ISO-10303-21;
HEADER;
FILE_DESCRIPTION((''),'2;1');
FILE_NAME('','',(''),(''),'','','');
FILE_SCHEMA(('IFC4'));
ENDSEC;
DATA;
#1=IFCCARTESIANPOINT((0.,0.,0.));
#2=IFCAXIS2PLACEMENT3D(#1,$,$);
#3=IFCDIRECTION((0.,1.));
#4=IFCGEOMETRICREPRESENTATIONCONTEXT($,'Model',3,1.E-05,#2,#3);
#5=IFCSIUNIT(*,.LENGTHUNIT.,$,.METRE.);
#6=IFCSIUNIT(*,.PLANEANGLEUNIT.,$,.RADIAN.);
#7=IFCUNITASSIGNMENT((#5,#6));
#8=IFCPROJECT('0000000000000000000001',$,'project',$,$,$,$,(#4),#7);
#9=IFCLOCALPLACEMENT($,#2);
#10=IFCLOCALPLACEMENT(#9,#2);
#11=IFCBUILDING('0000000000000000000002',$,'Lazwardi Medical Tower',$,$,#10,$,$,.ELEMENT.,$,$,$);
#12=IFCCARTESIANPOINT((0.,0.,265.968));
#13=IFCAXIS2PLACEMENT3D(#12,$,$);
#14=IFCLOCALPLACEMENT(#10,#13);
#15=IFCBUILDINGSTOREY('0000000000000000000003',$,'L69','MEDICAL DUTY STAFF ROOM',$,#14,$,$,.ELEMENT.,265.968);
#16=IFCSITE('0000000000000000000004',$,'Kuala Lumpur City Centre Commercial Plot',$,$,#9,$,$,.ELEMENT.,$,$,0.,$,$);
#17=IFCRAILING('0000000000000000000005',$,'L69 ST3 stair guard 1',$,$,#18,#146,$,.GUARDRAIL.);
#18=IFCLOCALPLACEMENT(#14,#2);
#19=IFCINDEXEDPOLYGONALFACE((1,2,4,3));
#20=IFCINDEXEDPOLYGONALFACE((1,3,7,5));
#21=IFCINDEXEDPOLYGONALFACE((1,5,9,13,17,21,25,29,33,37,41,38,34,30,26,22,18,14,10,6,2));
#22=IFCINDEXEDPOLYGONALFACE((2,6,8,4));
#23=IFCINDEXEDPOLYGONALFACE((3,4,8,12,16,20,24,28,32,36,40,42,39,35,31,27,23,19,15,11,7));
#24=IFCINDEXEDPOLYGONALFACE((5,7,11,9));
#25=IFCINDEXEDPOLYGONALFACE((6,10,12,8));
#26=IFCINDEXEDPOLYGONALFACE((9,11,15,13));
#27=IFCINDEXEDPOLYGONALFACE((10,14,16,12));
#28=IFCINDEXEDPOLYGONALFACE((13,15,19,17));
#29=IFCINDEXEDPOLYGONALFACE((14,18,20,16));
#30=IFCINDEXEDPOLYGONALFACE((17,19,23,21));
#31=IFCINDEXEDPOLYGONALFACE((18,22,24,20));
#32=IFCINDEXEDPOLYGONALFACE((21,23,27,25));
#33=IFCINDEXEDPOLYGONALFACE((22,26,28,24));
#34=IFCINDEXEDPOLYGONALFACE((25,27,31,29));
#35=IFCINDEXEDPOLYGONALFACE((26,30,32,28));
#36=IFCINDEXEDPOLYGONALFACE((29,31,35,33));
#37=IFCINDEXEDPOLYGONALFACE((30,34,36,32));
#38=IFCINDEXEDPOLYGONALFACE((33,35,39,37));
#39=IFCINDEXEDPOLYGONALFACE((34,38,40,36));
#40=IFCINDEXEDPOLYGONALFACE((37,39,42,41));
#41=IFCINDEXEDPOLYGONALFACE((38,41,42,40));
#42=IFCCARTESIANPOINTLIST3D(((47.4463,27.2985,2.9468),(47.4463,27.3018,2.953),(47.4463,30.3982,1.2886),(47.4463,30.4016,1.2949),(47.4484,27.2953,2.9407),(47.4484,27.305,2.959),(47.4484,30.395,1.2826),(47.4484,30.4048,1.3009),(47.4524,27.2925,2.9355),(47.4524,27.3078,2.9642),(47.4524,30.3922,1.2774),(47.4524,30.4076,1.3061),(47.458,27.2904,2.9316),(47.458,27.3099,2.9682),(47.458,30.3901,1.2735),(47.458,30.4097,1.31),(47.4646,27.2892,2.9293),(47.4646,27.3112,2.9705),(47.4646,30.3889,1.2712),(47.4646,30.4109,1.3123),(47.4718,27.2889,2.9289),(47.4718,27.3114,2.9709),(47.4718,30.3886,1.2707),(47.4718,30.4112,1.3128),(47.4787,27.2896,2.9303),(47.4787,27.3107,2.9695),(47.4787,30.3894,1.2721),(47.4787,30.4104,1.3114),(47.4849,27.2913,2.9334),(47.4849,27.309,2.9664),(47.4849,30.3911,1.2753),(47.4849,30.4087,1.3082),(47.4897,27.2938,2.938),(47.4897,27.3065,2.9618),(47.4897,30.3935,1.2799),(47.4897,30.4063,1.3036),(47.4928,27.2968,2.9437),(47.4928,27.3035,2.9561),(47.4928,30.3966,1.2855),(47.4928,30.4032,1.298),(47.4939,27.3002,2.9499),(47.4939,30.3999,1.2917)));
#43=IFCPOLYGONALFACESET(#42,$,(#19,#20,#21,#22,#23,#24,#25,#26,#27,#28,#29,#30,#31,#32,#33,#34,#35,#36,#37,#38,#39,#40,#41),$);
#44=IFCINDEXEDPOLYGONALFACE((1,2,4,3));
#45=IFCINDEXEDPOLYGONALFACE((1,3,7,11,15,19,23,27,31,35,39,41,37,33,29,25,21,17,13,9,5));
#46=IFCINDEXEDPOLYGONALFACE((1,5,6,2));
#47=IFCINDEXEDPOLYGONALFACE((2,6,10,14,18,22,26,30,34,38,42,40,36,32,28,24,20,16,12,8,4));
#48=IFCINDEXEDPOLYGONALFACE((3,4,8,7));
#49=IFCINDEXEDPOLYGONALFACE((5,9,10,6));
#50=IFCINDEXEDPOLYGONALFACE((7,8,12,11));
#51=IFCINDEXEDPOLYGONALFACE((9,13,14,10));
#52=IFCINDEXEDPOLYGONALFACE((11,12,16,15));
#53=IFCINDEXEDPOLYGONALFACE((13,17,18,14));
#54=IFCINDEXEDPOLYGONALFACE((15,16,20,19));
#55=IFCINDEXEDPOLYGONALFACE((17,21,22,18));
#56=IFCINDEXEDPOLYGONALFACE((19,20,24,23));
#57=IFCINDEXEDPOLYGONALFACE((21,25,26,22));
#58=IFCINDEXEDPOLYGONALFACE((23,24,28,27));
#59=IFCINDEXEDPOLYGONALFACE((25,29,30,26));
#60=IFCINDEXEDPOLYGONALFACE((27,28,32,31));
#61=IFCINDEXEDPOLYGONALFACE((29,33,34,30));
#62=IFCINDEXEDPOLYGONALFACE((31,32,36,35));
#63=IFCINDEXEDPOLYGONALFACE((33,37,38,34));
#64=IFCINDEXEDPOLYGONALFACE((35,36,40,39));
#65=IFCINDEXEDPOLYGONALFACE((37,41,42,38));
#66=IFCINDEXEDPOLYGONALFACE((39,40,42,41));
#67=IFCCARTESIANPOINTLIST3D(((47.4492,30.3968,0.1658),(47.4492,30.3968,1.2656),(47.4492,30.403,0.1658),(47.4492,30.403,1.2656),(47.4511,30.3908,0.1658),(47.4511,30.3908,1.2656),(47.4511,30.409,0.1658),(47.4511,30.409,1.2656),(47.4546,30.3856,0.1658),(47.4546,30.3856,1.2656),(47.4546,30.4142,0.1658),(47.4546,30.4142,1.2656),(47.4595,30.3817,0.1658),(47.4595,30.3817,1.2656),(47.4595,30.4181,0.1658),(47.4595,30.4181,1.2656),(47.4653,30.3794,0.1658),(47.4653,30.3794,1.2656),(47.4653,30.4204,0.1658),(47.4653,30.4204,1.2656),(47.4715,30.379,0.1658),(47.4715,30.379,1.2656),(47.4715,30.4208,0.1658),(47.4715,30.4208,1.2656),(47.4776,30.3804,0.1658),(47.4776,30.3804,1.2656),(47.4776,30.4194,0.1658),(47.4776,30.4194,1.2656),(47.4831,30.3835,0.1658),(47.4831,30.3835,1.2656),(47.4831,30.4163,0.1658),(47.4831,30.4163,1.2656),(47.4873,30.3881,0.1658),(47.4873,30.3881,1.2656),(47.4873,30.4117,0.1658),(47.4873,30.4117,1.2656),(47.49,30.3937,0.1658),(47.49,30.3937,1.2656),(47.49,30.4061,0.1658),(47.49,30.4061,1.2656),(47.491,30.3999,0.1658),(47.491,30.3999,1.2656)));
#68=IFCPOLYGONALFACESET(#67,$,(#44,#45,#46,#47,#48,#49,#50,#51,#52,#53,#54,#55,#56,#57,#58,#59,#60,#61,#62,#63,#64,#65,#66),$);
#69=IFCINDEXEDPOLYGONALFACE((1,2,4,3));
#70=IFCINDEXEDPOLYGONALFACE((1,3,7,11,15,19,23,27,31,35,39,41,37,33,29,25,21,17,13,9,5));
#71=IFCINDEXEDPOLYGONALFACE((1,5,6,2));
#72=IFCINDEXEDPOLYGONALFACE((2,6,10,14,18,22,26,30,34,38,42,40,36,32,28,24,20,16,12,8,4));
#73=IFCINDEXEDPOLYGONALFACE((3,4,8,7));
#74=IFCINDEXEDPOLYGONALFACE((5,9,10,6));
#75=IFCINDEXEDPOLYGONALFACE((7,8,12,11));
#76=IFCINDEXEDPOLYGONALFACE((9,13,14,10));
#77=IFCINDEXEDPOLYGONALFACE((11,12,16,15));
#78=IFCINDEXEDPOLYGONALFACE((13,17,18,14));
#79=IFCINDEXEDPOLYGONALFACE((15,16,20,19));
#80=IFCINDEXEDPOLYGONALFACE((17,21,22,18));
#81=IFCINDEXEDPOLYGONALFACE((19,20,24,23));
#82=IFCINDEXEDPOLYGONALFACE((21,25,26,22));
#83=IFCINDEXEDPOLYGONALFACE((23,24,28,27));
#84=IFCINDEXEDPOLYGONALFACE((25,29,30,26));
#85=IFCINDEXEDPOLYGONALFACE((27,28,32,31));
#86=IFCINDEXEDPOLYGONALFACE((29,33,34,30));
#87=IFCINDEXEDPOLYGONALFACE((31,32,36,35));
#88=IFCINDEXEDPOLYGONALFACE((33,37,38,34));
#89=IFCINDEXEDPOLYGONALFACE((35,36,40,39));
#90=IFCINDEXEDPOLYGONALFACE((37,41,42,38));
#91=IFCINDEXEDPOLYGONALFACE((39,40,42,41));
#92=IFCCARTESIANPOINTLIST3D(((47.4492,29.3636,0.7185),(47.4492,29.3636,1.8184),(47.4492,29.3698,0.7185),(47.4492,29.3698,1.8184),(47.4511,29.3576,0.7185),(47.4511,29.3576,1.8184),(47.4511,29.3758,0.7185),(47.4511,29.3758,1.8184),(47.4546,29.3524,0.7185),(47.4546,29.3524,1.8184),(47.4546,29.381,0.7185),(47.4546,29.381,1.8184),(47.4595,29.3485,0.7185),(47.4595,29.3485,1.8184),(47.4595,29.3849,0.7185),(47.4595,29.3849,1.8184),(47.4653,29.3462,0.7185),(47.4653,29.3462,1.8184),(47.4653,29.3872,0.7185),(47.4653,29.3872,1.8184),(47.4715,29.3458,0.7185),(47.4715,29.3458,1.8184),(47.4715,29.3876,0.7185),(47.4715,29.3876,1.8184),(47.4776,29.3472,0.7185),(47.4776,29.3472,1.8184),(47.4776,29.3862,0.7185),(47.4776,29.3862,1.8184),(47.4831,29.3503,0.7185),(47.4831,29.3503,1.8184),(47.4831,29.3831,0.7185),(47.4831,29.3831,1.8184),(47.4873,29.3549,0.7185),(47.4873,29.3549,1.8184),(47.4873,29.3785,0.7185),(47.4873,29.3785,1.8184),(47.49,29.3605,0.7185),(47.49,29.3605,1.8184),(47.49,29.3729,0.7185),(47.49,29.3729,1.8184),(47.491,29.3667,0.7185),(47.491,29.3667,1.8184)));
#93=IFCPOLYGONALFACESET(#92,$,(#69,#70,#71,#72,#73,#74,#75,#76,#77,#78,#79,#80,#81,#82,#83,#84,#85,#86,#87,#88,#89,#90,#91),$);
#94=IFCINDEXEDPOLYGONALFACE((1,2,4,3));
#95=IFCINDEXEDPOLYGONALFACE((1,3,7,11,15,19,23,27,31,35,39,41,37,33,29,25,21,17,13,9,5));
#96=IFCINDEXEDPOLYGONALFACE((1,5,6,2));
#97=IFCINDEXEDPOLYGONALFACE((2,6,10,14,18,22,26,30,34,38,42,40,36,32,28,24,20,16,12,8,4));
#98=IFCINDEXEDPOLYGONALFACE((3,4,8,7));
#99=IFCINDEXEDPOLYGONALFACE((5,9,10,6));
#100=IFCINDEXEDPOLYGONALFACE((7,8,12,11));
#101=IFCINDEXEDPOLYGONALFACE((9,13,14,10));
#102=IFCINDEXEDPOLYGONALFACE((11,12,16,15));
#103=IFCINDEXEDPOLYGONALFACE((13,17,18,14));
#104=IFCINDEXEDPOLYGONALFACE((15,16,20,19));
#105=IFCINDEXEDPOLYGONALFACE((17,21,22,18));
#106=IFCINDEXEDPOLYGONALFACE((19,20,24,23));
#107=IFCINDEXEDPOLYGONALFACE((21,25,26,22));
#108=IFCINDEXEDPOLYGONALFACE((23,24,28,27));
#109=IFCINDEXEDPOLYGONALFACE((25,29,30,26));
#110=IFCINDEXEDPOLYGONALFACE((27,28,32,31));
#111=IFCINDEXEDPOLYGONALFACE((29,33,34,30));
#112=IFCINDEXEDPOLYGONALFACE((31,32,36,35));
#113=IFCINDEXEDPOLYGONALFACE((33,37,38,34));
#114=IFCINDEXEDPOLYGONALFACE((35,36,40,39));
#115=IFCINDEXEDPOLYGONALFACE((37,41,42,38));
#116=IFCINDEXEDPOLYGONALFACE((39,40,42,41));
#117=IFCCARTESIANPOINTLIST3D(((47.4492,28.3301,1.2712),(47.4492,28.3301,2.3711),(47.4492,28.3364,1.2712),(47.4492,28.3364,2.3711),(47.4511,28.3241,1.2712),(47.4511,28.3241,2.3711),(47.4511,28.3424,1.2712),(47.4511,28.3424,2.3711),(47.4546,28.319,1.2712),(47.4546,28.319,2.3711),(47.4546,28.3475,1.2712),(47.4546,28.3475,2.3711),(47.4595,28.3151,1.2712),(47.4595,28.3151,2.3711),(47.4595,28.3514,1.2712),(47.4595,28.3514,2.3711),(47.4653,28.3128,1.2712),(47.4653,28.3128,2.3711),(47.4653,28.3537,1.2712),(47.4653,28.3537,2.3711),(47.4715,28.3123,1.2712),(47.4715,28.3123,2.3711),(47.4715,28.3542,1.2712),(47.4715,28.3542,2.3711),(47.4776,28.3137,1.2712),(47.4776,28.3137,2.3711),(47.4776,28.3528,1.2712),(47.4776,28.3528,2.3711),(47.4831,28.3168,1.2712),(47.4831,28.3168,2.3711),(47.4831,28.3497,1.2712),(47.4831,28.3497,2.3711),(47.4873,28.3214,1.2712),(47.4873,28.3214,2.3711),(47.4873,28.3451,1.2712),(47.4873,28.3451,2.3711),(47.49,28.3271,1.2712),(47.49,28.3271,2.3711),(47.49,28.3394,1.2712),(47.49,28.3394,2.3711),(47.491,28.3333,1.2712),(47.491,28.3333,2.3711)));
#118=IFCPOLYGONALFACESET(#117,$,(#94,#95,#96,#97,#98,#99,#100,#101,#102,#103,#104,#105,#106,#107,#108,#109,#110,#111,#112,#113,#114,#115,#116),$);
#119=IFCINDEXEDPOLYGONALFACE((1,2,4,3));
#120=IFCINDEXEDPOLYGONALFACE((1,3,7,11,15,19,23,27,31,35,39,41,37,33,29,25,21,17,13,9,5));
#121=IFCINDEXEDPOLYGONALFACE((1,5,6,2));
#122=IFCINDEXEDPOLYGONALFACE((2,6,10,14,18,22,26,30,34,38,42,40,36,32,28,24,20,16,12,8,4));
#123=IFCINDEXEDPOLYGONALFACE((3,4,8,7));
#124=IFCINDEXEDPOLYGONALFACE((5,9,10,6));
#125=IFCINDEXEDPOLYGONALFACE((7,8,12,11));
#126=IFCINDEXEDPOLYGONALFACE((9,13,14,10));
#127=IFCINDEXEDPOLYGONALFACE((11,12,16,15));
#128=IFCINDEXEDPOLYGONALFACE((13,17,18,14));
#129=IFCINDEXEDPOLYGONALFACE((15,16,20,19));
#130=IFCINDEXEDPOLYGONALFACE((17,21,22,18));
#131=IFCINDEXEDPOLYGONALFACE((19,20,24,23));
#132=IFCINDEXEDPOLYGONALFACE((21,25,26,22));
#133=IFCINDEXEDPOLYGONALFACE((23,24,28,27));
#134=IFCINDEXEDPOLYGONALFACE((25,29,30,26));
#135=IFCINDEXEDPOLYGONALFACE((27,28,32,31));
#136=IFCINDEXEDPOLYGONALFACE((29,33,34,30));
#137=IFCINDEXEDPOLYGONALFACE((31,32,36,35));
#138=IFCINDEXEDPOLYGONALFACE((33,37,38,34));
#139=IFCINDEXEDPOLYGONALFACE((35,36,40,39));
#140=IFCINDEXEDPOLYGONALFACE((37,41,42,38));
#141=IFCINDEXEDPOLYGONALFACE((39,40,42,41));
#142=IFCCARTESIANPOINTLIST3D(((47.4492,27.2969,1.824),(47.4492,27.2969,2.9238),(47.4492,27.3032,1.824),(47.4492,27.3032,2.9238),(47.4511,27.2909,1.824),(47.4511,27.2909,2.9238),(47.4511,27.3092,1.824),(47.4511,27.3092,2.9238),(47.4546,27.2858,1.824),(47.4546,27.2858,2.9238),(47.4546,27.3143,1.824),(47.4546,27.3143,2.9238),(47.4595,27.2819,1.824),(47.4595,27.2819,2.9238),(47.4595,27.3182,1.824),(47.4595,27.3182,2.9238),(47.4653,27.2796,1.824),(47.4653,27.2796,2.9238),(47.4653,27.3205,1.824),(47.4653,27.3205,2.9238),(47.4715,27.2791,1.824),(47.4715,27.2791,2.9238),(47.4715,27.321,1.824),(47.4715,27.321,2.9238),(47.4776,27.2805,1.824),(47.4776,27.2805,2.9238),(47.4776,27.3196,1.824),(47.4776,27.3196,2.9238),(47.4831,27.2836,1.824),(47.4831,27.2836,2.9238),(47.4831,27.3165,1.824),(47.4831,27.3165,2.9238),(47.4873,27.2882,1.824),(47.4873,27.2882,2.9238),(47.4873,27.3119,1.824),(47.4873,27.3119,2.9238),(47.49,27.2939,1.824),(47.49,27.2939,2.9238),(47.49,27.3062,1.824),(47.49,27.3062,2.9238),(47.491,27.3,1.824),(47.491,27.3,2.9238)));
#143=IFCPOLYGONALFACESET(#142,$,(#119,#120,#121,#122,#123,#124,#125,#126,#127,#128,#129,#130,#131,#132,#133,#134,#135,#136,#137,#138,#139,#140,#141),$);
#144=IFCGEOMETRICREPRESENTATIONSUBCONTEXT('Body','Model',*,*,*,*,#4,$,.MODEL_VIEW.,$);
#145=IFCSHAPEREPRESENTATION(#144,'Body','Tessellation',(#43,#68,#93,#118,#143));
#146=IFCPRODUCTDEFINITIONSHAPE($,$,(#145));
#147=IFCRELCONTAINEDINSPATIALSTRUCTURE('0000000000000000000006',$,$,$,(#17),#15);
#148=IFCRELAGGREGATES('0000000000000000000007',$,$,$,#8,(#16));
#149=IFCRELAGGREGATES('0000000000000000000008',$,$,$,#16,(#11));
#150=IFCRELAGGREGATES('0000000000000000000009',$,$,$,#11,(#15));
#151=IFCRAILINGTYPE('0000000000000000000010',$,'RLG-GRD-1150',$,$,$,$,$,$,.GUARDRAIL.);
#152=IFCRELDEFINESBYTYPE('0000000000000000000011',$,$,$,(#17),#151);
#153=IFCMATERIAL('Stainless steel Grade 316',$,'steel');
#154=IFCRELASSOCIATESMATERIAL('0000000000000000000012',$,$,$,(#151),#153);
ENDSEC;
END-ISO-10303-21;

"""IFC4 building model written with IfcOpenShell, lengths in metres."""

from ifc_helpers import new_model, si_unit, direction, frame, origin, origin_2d, place, context, subcontext, project, spatial, circle, extrude, material, type_object, element, save


model = new_model("IFC4")

# Units and contexts
model_context = context("Model", 3, precision=1e-05, world=origin(), true_north=direction((0.0, 1.0)))
body_context = subcontext(model_context, "Body", "Model", "MODEL_VIEW")
ifc_project = project(units=[si_unit("LENGTHUNIT", "METRE"), si_unit("PLANEANGLEUNIT", "RADIAN")], contexts=[model_context])

# Site, building, storey
site_placement = place(None, origin())
site = spatial("IfcSite", under=ifc_project, at=site_placement, Name="Kuala Lumpur City Centre Commercial Plot", CompositionType="ELEMENT", RefElevation=0.0)
building_placement = place(site_placement, origin())
building = spatial("IfcBuilding", under=site, at=building_placement, Name="Lazwardi Medical Tower", CompositionType="ELEMENT")
storey_placement = place(building_placement, frame((0.0, 0.0, 265.968)))
storey = spatial("IfcBuildingStorey", under=building, at=storey_placement, Name="L69", Description="MEDICAL DUTY STAFF ROOM", CompositionType="ELEMENT", Elevation=265.968)

# Railing
ifc_material_1 = material(Name="Stainless steel Grade 316", Category="steel")
railing_type_1 = type_object("IfcRailingType", Name="RLG-GRD-1150", PredefinedType="GUARDRAIL", material=ifc_material_1)
railing_1_placement = place(storey_placement, frame((47.47, 30.3999, 0.1658)))
element("IfcRailing", 1, at=railing_1_placement, inside=storey, type_object=railing_type_1, Name="L69 ST3 stair guard 1", PredefinedType="GUARDRAIL", context=body_context, shape_type="SweptSolid", body=[
    extrude(circle(Radius=0.0239, at=origin_2d()), frame((0.0, 0.0, 1.126), z_axis=(0.0, -0.881768, 0.471684), x_axis=(1.0, 0.0, 0.0)), (0.0, 0.0, 1.0), 3.5154),
    extrude(circle(Radius=0.021, at=origin_2d()), origin(), (0.0, 0.0, 1.0), 1.0999),
    extrude(circle(Radius=0.021, at=origin_2d()), frame((0.0, -1.0332, 0.5527)), (0.0, 0.0, 1.0), 1.0999),
    extrude(circle(Radius=0.021, at=origin_2d()), frame((0.0, -2.0667, 1.1055)), (0.0, 0.0, 1.0), 1.0999),
    extrude(circle(Radius=0.021, at=origin_2d()), frame((0.0, -3.0999, 1.6582)), (0.0, 0.0, 1.0), 1.0999),
])

save(model, "model.ifc")
